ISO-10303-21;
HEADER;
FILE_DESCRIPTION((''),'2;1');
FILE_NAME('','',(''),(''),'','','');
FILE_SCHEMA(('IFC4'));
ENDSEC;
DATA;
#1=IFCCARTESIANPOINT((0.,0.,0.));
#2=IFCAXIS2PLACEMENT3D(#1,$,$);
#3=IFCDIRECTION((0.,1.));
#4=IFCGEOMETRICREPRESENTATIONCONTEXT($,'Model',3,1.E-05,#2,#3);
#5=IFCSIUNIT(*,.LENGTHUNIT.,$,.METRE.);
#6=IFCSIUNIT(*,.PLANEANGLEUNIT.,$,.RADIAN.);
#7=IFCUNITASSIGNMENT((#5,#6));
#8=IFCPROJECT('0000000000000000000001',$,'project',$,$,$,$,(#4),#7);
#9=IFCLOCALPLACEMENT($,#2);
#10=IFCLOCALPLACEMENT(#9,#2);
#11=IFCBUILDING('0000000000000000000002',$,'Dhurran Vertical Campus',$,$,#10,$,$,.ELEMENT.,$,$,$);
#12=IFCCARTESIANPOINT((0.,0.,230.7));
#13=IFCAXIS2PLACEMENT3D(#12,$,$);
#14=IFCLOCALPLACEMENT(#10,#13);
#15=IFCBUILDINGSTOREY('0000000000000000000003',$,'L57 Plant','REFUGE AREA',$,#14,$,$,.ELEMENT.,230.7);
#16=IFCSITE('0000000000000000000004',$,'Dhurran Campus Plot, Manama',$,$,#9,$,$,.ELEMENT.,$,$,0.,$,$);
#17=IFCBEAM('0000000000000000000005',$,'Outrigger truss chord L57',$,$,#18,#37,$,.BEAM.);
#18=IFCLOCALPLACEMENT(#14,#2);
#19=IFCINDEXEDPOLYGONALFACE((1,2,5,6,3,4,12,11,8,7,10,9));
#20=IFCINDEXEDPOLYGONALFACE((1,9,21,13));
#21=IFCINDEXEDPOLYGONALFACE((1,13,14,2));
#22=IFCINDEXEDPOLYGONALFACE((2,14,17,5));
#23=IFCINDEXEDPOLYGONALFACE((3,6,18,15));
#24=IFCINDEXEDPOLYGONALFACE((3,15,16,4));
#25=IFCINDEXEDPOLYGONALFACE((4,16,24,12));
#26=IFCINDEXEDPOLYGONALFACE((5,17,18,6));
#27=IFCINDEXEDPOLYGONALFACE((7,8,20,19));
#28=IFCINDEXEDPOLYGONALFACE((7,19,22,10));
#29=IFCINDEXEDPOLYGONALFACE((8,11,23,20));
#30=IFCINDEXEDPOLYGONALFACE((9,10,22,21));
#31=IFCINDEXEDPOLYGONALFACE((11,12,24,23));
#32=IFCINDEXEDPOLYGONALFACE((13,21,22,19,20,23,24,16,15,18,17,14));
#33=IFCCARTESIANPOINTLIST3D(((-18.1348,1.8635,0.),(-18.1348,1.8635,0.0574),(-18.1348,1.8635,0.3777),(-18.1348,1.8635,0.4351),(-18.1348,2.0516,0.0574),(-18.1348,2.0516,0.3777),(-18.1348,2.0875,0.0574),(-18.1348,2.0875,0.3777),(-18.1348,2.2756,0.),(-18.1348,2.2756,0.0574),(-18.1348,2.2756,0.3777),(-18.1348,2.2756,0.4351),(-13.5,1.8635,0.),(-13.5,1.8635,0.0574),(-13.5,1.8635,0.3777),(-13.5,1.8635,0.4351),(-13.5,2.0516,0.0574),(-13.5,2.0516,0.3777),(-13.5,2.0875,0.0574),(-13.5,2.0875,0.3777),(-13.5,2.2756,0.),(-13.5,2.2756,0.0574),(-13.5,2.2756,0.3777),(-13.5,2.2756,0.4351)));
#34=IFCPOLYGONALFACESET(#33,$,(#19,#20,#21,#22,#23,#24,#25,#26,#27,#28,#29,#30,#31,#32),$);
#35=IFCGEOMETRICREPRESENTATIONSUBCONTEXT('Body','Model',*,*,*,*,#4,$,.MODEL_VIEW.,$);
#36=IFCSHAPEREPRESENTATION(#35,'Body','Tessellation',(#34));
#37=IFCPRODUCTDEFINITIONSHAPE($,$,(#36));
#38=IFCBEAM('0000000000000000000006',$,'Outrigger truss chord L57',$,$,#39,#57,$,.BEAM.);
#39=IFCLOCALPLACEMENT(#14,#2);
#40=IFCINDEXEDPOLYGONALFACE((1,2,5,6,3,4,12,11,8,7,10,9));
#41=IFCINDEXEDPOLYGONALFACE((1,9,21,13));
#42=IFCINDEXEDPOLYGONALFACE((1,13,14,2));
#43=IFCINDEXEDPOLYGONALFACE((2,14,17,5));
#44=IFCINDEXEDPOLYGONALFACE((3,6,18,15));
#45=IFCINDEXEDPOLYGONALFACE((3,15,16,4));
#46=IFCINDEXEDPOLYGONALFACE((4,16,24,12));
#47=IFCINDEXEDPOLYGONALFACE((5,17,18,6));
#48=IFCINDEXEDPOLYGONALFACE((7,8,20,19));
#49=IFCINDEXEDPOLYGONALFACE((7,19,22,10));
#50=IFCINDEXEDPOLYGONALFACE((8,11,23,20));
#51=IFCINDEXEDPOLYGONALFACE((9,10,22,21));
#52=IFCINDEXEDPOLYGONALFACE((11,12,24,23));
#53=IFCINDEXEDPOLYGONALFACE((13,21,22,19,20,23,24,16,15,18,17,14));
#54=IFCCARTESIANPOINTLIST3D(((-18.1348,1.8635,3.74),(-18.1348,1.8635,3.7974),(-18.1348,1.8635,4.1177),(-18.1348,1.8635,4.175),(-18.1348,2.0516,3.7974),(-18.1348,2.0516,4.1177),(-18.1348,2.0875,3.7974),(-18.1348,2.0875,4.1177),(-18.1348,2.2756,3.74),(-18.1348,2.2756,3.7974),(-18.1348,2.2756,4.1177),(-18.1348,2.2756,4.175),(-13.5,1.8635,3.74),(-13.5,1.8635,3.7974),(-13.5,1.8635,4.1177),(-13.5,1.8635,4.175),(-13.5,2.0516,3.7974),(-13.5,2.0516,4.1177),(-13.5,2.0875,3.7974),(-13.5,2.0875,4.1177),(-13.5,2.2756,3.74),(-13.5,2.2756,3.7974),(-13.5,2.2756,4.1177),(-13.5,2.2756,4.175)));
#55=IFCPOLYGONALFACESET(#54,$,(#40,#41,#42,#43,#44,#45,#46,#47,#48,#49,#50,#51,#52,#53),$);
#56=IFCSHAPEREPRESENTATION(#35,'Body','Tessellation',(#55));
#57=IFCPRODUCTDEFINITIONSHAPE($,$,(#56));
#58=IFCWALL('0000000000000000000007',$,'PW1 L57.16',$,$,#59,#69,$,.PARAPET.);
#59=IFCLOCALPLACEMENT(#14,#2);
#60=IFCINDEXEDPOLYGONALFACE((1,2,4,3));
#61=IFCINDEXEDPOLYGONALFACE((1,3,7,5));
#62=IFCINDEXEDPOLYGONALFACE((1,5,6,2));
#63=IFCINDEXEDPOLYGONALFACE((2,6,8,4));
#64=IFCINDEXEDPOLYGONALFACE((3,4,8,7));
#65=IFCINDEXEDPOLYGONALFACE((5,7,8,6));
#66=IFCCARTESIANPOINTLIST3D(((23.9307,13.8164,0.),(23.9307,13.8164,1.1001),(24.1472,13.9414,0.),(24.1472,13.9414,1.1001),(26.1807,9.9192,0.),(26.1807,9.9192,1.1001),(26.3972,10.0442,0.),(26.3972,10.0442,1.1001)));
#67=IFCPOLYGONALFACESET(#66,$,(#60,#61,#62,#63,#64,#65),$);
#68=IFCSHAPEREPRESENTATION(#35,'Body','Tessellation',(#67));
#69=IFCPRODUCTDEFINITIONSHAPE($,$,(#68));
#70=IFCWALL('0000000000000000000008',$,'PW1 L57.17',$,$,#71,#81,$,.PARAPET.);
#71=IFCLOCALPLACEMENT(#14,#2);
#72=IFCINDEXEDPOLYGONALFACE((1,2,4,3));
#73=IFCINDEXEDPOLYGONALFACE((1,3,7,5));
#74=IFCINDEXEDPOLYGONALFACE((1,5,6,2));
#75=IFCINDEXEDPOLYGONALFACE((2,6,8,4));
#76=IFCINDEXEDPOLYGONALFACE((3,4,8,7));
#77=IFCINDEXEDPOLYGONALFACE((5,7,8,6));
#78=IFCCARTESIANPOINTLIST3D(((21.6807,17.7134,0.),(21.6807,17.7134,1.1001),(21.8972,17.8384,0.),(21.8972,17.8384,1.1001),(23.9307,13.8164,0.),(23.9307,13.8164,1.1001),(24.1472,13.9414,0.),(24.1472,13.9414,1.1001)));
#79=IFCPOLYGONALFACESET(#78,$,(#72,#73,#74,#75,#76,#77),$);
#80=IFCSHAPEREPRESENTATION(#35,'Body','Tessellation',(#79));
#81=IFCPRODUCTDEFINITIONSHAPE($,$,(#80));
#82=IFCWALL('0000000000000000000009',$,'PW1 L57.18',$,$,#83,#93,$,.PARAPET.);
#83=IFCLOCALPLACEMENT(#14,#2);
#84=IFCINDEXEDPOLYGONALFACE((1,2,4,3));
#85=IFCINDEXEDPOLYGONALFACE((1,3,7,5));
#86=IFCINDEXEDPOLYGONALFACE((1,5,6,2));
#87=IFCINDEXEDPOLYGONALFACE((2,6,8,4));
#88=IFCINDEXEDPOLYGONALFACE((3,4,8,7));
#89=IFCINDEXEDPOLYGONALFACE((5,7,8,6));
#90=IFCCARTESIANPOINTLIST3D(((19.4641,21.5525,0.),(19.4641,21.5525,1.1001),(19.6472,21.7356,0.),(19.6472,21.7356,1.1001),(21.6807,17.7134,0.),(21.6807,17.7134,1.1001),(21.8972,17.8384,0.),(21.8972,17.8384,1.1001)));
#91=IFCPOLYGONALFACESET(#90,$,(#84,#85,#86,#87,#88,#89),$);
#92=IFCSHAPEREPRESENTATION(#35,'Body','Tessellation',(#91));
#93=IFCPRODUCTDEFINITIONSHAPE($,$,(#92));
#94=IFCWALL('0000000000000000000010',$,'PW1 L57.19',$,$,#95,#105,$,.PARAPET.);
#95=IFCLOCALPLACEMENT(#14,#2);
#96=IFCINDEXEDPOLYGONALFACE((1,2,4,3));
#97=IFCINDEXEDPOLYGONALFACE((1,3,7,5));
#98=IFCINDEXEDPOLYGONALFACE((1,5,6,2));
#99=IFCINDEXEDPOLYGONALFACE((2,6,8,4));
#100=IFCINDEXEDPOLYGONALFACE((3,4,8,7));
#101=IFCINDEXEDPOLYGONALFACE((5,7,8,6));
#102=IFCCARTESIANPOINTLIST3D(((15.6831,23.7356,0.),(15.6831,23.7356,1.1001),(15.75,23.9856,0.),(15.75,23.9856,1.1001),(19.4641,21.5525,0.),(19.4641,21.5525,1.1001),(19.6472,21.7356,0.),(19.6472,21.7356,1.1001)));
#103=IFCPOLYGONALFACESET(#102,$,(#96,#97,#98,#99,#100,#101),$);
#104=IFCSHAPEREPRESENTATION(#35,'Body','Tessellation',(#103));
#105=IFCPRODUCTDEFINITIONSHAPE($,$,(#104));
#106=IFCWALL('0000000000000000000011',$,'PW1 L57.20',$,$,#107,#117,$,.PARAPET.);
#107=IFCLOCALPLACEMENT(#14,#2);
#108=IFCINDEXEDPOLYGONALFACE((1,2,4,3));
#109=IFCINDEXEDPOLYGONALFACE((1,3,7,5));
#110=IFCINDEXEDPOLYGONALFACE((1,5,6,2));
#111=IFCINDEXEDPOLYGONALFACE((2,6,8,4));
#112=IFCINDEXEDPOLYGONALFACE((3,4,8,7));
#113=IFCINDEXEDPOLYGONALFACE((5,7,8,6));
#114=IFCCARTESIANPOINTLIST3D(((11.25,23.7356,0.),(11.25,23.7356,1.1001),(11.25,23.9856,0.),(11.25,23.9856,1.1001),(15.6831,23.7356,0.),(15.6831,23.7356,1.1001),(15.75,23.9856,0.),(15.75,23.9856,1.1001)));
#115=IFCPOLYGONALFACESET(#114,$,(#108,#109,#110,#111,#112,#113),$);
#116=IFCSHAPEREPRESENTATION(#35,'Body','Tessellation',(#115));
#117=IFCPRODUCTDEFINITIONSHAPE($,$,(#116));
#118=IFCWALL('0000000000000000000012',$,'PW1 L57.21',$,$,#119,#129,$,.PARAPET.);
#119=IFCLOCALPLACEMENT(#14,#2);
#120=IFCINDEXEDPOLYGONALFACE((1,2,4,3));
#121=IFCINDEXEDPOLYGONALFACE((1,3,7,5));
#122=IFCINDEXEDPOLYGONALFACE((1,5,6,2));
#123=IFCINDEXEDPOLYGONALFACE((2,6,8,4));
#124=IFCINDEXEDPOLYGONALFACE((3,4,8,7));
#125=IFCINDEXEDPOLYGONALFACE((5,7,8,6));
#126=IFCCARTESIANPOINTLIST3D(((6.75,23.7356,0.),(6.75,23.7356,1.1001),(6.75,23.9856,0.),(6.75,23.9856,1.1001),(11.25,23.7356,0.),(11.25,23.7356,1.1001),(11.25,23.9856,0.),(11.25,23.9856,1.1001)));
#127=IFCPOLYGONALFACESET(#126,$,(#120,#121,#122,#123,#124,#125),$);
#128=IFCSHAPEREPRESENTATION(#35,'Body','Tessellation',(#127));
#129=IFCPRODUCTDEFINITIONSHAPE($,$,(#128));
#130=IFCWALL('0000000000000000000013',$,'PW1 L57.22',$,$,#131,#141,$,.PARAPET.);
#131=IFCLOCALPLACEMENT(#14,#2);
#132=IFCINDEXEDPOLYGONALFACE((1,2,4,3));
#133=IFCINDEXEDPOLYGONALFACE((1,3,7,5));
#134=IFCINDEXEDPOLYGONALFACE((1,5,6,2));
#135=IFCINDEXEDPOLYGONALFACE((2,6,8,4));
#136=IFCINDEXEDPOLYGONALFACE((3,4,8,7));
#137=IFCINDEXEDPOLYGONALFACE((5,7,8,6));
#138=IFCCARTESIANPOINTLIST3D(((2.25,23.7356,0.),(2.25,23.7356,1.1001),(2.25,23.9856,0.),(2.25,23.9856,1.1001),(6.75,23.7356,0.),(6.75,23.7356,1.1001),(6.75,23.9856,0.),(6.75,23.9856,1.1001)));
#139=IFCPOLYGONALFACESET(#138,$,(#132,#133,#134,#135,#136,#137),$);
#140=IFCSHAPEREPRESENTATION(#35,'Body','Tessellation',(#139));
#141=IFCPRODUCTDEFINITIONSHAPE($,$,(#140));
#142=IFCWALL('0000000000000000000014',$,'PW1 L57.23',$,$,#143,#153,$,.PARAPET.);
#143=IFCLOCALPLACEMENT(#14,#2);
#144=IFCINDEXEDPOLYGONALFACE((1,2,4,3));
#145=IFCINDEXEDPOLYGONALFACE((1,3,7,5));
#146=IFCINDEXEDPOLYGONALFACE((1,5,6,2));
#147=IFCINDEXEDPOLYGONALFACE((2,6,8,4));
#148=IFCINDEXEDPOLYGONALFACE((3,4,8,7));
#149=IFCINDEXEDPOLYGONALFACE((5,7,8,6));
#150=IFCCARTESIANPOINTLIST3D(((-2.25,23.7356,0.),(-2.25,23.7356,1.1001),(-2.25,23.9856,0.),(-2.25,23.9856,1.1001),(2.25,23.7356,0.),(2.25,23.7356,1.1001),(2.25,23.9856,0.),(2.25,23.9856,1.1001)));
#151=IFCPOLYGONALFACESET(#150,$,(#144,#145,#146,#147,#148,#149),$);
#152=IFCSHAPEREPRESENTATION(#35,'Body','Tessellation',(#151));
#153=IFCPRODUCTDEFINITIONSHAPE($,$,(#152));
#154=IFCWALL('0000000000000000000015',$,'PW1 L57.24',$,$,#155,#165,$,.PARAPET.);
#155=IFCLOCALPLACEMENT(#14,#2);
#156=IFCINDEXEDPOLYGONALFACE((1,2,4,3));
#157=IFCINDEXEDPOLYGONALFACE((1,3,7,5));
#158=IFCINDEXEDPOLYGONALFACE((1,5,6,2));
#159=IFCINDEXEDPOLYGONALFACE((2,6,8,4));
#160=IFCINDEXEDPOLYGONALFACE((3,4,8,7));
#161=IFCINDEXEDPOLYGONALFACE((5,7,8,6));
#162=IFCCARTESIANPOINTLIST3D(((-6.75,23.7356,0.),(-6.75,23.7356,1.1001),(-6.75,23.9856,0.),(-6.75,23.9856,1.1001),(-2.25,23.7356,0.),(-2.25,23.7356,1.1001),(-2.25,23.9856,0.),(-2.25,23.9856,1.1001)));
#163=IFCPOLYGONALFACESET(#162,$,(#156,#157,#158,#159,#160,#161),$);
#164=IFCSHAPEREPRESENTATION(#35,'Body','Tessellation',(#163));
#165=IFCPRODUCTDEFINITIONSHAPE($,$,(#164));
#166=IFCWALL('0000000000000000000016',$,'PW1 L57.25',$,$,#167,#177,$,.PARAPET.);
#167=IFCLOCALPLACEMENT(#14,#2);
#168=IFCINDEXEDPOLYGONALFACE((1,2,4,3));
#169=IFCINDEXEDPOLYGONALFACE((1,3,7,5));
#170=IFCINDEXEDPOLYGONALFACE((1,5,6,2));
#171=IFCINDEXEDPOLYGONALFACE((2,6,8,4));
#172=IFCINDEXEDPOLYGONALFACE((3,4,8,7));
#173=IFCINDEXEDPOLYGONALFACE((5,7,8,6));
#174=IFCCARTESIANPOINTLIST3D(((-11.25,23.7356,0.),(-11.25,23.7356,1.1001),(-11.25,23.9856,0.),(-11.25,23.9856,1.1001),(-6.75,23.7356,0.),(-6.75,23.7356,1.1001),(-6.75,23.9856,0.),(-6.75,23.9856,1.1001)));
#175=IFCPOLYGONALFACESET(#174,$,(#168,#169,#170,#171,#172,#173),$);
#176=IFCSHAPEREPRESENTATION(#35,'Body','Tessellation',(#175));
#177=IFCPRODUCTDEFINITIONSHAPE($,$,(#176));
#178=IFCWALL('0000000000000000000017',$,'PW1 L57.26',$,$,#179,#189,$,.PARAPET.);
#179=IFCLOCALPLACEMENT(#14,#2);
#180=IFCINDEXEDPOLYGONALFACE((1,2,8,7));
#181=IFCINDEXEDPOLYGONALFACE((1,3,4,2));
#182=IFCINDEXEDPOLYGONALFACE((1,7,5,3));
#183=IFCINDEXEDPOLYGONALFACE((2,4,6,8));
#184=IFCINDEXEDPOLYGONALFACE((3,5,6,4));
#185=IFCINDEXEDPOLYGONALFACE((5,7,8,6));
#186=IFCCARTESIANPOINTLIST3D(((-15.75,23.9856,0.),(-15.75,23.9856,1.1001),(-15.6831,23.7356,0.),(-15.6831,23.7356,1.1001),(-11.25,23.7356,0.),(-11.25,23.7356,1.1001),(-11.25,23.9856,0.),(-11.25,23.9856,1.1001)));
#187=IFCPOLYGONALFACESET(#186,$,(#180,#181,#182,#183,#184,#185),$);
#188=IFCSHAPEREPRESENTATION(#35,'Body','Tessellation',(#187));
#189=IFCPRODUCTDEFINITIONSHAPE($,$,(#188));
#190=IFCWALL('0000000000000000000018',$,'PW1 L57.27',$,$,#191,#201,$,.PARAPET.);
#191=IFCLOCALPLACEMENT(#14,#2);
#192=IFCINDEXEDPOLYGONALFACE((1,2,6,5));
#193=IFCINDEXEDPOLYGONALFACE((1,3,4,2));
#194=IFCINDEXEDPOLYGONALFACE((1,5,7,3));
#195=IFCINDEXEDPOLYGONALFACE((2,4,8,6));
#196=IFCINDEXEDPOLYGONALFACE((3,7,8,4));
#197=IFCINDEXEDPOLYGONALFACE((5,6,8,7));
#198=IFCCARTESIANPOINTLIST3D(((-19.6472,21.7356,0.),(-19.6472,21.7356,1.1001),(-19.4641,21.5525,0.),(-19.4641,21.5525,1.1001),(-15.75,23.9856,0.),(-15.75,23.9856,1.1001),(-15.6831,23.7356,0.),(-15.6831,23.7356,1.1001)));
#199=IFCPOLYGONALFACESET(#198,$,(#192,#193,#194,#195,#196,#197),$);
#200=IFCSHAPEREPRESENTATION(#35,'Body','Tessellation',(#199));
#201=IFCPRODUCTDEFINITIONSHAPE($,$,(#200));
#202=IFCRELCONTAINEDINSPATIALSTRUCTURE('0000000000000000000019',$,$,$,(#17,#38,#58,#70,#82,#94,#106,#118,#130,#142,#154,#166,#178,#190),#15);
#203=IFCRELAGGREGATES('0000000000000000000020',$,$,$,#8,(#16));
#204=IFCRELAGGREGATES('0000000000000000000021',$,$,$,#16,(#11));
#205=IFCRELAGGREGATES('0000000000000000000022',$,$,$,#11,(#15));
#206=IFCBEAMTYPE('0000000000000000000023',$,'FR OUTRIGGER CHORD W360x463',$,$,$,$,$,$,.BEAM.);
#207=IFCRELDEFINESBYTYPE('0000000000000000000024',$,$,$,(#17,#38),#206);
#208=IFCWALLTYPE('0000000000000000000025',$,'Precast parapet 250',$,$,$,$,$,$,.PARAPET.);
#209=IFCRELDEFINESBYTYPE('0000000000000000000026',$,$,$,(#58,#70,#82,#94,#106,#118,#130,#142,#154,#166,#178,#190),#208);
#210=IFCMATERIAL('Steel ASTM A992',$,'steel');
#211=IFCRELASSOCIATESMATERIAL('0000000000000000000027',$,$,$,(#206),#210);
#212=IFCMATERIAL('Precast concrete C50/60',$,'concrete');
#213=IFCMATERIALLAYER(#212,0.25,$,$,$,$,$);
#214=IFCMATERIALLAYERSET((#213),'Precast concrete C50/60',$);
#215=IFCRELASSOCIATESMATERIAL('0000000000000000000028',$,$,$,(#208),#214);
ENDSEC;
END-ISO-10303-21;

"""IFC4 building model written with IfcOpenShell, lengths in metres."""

from ifc_helpers import new_model, si_unit, direction, frame, origin, origin_2d, place, context, subcontext, project, spatial, polyline, i_section, outline, extrude, material, layer, layer_set, material_profile, profile_set, type_object, element, save


model = new_model("IFC4")

# Units and contexts
model_context = context("Model", 3, precision=1e-05, world=origin(), true_north=direction((0.0, 1.0)))
body_context = subcontext(model_context, "Body", "Model", "MODEL_VIEW")
ifc_project = project(units=[si_unit("LENGTHUNIT", "METRE"), si_unit("PLANEANGLEUNIT", "RADIAN")], contexts=[model_context])

# Site, building, storey
site_placement = place(None, origin())
site = spatial("IfcSite", under=ifc_project, at=site_placement, Name="Dhurran Campus Plot, Manama", CompositionType="ELEMENT", RefElevation=0.0)
building_placement = place(site_placement, origin())
building = spatial("IfcBuilding", under=site, at=building_placement, Name="Dhurran Vertical Campus", CompositionType="ELEMENT")
storey_placement = place(building_placement, frame((0.0, 0.0, 230.7)))
storey = spatial("IfcBuildingStorey", under=building, at=storey_placement, Name="L57 Plant", Description="REFUGE AREA", CompositionType="ELEMENT", Elevation=230.7)

# Beams
ifc_material_1 = material(Name="Steel ASTM A992", Category="steel")
ifc_material_profile = material_profile(ifc_material_1, i_section(OverallWidth=0.4121, OverallDepth=0.4351, WebThickness=0.0359, FlangeThickness=0.0574, at=origin_2d()), Name="W360x463")
ifc_profile_set = profile_set([ifc_material_profile], Name="Steel ASTM A992")
beam_type = type_object("IfcBeamType", Name="FR OUTRIGGER CHORD W360x463", PredefinedType="BEAM", material=ifc_profile_set)
for number, where, z_axis, x_axis, name in (
    (1, (-13.5, 2.0696, 0.2175), (-1.0, 0.0, 0.0), (0.0, -1.0, 0.0), "Outrigger truss chord L57"),
    (2, (-13.5, 2.0696, 3.9575), (-1.0, 0.0, 0.0), (0.0, -1.0, 0.0), "Outrigger truss chord L57"),
):
    element("IfcBeam", number, at=place(storey_placement, frame(where, z_axis=z_axis, x_axis=x_axis)), inside=storey, type_object=beam_type, Name=name, PredefinedType="BEAM", context=body_context, shape_type="SweptSolid", body=[
        extrude(i_section(OverallWidth=0.4121, OverallDepth=0.4351, WebThickness=0.0359, FlangeThickness=0.0574, at=origin_2d()), origin(), (0.0, 0.0, 1.0), 4.6348),
    ])

# Walls
ifc_material_2 = material(Name="Precast concrete C50/60", Category="concrete")
ifc_layer_1 = layer(ifc_material_2, 0.25)
ifc_layer_set_1 = layer_set([ifc_layer_1], Name="Precast concrete C50/60")
wall_type_1 = type_object("IfcWallType", Name="Precast parapet 250", PredefinedType="PARAPET", material=ifc_layer_set_1)
wall_1_placement = place(storey_placement, origin())
element("IfcWall", 3, at=wall_1_placement, inside=storey, type_object=wall_type_1, Name="PW1 L57.16", PredefinedType="PARAPET", context=body_context, shape_type="SweptSolid", body=[
    extrude(outline(polyline([(26.3972, 10.0442), (24.1472, 13.9414), (23.9307, 13.8164), (26.1807, 9.9192), (26.3972, 10.0442)])), origin(), (0.0, 0.0, 1.0), 1.1001),
])
wall_2_placement = place(storey_placement, origin())
element("IfcWall", 4, at=wall_2_placement, inside=storey, type_object=wall_type_1, Name="PW1 L57.17", PredefinedType="PARAPET", context=body_context, shape_type="SweptSolid", body=[
    extrude(outline(polyline([(24.1472, 13.9414), (21.8972, 17.8384), (21.6807, 17.7134), (23.9307, 13.8164), (24.1472, 13.9414)])), origin(), (0.0, 0.0, 1.0), 1.1001),
])
wall_3_placement = place(storey_placement, origin())
element("IfcWall", 5, at=wall_3_placement, inside=storey, type_object=wall_type_1, Name="PW1 L57.18", PredefinedType="PARAPET", context=body_context, shape_type="SweptSolid", body=[
    extrude(outline(polyline([(21.8972, 17.8384), (19.6472, 21.7356), (19.4641, 21.5525), (21.6807, 17.7134), (21.8972, 17.8384)])), origin(), (0.0, 0.0, 1.0), 1.1001),
])
wall_4_placement = place(storey_placement, origin())
element("IfcWall", 6, at=wall_4_placement, inside=storey, type_object=wall_type_1, Name="PW1 L57.19", PredefinedType="PARAPET", context=body_context, shape_type="SweptSolid", body=[
    extrude(outline(polyline([(19.6472, 21.7356), (15.75, 23.9856), (15.6831, 23.7356), (19.4641, 21.5525), (19.6472, 21.7356)])), origin(), (0.0, 0.0, 1.0), 1.1001),
])
wall_5_placement = place(storey_placement, origin())
element("IfcWall", 7, at=wall_5_placement, inside=storey, type_object=wall_type_1, Name="PW1 L57.20", PredefinedType="PARAPET", context=body_context, shape_type="SweptSolid", body=[
    extrude(outline(polyline([(15.75, 23.9856), (11.25, 23.9856), (11.25, 23.7356), (15.6831, 23.7356), (15.75, 23.9856)])), origin(), (0.0, 0.0, 1.0), 1.1001),
])
wall_6_placement = place(storey_placement, origin())
element("IfcWall", 8, at=wall_6_placement, inside=storey, type_object=wall_type_1, Name="PW1 L57.21", PredefinedType="PARAPET", context=body_context, shape_type="SweptSolid", body=[
    extrude(outline(polyline([(11.25, 23.9856), (6.75, 23.9856), (6.75, 23.7356), (11.25, 23.7356), (11.25, 23.9856)])), origin(), (0.0, 0.0, 1.0), 1.1001),
])
wall_7_placement = place(storey_placement, origin())
element("IfcWall", 9, at=wall_7_placement, inside=storey, type_object=wall_type_1, Name="PW1 L57.22", PredefinedType="PARAPET", context=body_context, shape_type="SweptSolid", body=[
    extrude(outline(polyline([(6.75, 23.9856), (2.25, 23.9856), (2.25, 23.7356), (6.75, 23.7356), (6.75, 23.9856)])), origin(), (0.0, 0.0, 1.0), 1.1001),
])
wall_8_placement = place(storey_placement, origin())
element("IfcWall", 10, at=wall_8_placement, inside=storey, type_object=wall_type_1, Name="PW1 L57.23", PredefinedType="PARAPET", context=body_context, shape_type="SweptSolid", body=[
    extrude(outline(polyline([(2.25, 23.9856), (-2.25, 23.9856), (-2.25, 23.7356), (2.25, 23.7356), (2.25, 23.9856)])), origin(), (0.0, 0.0, 1.0), 1.1001),
])
wall_9_placement = place(storey_placement, origin())
element("IfcWall", 11, at=wall_9_placement, inside=storey, type_object=wall_type_1, Name="PW1 L57.24", PredefinedType="PARAPET", context=body_context, shape_type="SweptSolid", body=[
    extrude(outline(polyline([(-2.25, 23.9856), (-6.75, 23.9856), (-6.75, 23.7356), (-2.25, 23.7356), (-2.25, 23.9856)])), origin(), (0.0, 0.0, 1.0), 1.1001),
])
wall_10_placement = place(storey_placement, origin())
element("IfcWall", 12, at=wall_10_placement, inside=storey, type_object=wall_type_1, Name="PW1 L57.25", PredefinedType="PARAPET", context=body_context, shape_type="SweptSolid", body=[
    extrude(outline(polyline([(-6.75, 23.9856), (-11.25, 23.9856), (-11.25, 23.7356), (-6.75, 23.7356), (-6.75, 23.9856)])), origin(), (0.0, 0.0, 1.0), 1.1001),
])
wall_11_placement = place(storey_placement, origin())
element("IfcWall", 13, at=wall_11_placement, inside=storey, type_object=wall_type_1, Name="PW1 L57.26", PredefinedType="PARAPET", context=body_context, shape_type="SweptSolid", body=[
    extrude(outline(polyline([(-11.25, 23.9856), (-15.75, 23.9856), (-15.6831, 23.7356), (-11.25, 23.7356), (-11.25, 23.9856)])), origin(), (0.0, 0.0, 1.0), 1.1001),
])
wall_12_placement = place(storey_placement, origin())
element("IfcWall", 14, at=wall_12_placement, inside=storey, type_object=wall_type_1, Name="PW1 L57.27", PredefinedType="PARAPET", context=body_context, shape_type="SweptSolid", body=[
    extrude(outline(polyline([(-15.75, 23.9856), (-19.6472, 21.7356), (-19.4641, 21.5525), (-15.6831, 23.7356), (-15.75, 23.9856)])), origin(), (0.0, 0.0, 1.0), 1.1001),
])

save(model, "model.ifc")
